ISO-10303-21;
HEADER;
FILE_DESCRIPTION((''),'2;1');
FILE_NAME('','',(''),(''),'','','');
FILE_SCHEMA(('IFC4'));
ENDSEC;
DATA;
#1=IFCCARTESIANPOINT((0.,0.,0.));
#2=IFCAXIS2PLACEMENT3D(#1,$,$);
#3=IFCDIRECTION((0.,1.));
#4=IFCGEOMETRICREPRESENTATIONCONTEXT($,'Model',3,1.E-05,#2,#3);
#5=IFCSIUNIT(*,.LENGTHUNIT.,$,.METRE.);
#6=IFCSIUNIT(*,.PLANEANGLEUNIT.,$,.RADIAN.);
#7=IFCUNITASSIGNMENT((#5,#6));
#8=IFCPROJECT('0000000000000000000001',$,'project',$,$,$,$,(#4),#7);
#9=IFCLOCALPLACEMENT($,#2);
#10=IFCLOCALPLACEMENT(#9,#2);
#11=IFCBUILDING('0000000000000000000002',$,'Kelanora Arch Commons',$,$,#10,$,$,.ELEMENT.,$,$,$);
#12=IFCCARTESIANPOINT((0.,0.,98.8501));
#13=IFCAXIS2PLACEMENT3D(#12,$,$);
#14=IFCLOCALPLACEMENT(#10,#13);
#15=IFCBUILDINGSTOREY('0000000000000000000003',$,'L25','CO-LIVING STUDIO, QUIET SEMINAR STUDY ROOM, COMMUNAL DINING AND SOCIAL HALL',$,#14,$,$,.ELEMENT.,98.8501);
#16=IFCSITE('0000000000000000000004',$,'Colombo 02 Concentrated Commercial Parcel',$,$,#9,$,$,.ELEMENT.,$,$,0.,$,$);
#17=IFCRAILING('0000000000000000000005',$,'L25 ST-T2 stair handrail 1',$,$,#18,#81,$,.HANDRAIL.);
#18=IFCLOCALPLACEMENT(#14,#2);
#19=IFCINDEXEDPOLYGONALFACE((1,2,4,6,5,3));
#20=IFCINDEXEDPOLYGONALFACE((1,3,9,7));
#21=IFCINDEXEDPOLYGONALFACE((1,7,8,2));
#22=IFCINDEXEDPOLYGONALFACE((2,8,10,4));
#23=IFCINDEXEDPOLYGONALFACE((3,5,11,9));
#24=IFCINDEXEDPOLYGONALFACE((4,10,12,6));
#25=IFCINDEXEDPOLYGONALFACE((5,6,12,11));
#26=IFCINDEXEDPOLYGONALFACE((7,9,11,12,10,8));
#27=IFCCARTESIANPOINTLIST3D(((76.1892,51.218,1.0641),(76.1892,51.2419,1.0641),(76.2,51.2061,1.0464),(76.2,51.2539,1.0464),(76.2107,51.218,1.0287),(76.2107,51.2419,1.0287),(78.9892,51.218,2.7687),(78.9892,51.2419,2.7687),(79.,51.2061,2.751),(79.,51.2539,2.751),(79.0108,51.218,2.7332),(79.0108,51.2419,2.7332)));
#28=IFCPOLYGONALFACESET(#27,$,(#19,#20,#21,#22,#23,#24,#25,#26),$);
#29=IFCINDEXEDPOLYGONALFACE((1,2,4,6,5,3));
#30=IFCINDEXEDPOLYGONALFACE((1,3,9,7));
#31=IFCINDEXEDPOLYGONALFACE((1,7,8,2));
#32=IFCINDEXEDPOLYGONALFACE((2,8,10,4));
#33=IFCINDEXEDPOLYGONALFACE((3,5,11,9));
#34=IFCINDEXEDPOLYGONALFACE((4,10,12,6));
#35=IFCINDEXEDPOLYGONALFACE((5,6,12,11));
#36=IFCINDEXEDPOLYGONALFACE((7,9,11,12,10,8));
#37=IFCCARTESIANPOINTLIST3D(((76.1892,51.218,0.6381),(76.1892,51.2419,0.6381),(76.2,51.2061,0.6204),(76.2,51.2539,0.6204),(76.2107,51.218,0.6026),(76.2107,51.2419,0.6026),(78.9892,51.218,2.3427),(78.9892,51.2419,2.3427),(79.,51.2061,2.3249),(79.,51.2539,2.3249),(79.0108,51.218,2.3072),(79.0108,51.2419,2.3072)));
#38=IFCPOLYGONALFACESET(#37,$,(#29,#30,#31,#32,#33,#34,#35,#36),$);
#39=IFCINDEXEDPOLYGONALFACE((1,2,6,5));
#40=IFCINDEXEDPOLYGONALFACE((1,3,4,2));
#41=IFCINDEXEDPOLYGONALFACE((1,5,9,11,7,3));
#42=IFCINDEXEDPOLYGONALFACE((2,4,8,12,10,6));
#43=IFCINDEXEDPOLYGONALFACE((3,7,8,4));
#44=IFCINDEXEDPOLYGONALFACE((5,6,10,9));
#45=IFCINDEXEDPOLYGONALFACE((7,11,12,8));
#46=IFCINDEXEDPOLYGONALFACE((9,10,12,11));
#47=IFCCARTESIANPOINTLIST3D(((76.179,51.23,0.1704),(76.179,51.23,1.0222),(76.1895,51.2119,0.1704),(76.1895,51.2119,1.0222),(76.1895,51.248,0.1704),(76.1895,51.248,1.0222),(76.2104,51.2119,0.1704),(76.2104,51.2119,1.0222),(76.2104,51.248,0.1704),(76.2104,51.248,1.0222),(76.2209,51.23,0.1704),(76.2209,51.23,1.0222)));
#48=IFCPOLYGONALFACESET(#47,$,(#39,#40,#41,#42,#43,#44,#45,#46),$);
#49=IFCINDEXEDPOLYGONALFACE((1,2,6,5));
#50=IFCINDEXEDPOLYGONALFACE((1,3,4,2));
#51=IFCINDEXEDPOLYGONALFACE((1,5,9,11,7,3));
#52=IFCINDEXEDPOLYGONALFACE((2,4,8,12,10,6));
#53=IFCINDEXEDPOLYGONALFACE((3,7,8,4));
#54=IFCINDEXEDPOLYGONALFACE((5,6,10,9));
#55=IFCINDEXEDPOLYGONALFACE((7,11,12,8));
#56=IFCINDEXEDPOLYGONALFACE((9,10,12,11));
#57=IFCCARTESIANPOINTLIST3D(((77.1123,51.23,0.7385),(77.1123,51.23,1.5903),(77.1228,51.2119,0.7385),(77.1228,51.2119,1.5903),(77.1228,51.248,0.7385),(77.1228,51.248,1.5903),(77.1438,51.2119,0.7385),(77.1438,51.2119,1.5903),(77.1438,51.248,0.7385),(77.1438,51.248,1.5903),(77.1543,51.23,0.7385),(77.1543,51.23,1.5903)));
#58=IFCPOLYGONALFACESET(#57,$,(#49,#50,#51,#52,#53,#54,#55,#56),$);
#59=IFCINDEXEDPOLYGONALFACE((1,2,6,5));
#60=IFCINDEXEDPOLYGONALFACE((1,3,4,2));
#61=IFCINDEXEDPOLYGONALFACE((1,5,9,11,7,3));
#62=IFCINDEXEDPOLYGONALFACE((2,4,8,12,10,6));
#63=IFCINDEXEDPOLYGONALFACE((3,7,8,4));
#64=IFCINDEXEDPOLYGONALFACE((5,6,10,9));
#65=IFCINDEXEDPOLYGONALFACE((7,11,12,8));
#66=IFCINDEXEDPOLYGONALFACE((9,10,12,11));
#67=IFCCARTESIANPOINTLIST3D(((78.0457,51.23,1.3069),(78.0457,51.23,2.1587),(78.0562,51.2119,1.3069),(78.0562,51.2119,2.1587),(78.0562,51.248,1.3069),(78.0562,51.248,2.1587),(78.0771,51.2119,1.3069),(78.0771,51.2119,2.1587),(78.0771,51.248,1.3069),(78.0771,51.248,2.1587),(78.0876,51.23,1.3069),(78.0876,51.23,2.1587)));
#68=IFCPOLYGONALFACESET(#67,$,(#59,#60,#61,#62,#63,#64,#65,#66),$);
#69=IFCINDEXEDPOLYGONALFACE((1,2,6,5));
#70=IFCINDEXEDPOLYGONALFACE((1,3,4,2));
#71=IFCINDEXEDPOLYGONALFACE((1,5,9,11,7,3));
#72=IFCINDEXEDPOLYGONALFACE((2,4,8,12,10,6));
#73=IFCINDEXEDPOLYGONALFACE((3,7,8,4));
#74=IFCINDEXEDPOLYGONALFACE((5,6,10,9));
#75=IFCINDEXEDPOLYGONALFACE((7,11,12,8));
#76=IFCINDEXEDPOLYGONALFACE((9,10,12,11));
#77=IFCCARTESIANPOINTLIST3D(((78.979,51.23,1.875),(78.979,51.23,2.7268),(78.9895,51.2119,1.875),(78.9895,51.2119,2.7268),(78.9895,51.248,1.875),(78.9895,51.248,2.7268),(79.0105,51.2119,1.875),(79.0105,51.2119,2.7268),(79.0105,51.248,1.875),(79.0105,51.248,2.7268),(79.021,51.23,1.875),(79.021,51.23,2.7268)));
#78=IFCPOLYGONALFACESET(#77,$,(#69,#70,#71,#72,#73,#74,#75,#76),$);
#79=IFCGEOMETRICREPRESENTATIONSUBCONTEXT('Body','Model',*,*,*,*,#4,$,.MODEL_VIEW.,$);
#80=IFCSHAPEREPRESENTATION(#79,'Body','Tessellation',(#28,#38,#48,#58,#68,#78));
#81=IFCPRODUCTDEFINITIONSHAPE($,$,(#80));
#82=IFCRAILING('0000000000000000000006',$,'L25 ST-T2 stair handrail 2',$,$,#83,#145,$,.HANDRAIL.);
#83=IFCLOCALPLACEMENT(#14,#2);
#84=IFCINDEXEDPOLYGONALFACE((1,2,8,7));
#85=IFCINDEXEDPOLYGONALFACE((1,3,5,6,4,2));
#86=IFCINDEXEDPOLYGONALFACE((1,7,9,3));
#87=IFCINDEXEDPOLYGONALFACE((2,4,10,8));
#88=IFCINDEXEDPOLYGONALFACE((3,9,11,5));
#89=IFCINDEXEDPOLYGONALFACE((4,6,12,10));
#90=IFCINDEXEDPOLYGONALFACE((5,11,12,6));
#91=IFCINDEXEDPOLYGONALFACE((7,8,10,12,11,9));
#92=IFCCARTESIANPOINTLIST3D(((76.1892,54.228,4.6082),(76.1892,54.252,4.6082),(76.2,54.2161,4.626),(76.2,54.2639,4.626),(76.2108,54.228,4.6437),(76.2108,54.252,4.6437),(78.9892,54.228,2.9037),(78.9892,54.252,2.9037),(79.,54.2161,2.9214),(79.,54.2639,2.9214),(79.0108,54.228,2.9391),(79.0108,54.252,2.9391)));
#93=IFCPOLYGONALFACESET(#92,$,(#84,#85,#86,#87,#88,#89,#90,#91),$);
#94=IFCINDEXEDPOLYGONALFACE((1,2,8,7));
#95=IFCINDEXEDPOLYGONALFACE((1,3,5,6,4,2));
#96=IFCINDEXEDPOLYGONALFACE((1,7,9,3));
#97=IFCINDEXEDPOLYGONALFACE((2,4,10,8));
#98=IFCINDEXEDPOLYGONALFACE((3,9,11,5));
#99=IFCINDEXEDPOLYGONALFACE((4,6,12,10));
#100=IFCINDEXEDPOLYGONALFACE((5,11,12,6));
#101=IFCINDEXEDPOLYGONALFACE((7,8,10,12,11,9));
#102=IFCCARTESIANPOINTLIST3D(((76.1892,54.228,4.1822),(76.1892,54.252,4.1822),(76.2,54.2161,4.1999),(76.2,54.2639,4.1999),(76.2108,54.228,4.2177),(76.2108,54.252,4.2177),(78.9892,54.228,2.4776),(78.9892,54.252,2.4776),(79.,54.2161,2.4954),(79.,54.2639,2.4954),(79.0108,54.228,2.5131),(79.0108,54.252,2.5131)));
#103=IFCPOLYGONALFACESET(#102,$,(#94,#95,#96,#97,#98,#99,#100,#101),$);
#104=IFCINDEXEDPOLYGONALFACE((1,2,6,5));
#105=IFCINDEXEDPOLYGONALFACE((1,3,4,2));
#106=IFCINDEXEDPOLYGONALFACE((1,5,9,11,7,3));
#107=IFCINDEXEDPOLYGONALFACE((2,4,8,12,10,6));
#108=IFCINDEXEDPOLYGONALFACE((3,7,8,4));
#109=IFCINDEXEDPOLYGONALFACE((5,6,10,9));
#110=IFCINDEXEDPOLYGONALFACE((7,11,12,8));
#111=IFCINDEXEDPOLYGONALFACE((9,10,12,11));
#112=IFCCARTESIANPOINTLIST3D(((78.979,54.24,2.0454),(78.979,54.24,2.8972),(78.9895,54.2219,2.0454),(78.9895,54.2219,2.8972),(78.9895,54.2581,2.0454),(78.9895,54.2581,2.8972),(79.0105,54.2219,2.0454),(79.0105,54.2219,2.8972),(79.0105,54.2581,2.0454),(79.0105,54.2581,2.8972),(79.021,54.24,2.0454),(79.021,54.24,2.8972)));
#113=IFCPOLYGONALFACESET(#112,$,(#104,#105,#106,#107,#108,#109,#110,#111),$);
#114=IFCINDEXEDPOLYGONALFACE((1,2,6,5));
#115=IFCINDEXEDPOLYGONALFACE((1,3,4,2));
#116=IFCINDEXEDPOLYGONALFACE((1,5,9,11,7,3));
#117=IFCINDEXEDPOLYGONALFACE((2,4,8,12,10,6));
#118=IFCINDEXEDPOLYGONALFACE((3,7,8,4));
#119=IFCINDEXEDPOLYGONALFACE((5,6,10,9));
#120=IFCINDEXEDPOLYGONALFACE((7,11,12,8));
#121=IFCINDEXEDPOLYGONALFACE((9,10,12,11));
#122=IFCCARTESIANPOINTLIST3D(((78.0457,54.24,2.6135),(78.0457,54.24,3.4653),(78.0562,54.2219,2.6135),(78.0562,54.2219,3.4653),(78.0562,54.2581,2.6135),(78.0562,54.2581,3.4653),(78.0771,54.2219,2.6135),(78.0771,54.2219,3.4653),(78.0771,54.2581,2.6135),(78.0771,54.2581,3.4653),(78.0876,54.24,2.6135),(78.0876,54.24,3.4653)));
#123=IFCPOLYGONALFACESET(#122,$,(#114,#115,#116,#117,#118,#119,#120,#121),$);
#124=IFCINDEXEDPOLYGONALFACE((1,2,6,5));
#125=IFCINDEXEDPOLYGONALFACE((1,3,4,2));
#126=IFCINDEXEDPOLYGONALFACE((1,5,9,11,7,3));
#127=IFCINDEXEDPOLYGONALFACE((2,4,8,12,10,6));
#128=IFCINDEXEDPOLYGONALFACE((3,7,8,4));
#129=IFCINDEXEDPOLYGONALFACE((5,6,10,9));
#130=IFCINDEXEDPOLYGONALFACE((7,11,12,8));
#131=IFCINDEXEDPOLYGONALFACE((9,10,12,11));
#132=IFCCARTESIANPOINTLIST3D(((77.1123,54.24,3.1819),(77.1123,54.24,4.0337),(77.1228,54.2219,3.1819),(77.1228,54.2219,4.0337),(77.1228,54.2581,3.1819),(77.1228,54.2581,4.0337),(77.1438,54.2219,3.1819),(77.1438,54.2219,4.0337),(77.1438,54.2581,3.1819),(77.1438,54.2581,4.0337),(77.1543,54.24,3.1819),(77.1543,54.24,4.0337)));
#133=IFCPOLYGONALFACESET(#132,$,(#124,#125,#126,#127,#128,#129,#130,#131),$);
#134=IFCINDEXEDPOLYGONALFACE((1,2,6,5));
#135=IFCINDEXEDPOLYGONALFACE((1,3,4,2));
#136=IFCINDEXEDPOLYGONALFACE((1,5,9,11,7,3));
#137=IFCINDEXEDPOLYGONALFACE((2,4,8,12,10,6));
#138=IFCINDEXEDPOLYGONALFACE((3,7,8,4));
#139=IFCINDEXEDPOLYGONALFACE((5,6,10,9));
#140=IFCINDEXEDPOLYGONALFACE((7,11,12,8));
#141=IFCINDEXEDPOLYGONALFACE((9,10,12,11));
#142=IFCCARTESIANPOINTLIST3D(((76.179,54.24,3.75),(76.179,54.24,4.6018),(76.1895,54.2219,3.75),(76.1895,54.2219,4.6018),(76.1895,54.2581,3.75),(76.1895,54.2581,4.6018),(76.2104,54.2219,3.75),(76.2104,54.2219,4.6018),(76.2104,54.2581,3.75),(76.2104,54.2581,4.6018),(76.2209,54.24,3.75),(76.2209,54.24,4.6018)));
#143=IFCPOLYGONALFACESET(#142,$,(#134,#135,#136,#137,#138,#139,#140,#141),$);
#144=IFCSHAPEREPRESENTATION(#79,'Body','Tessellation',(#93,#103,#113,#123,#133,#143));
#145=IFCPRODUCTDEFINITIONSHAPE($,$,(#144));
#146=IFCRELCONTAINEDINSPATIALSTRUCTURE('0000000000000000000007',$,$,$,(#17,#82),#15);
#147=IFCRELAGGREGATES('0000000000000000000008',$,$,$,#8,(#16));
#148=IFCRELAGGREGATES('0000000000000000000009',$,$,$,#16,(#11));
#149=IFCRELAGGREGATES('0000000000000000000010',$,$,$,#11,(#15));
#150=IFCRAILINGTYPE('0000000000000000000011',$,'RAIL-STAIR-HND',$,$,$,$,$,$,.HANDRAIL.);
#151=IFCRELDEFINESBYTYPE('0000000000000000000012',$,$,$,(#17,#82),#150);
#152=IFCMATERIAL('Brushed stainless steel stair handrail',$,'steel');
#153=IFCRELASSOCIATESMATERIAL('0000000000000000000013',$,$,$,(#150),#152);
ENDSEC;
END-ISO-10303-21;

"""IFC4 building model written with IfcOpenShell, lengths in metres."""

from ifc_helpers import new_model, si_unit, direction, frame, origin, place, context, subcontext, project, spatial, polyline, outline, extrude, material, type_object, element, save


model = new_model("IFC4")

# Units and contexts
model_context = context("Model", 3, precision=1e-05, world=origin(), true_north=direction((0.0, 1.0)))
body_context = subcontext(model_context, "Body", "Model", "MODEL_VIEW")
ifc_project = project(units=[si_unit("LENGTHUNIT", "METRE"), si_unit("PLANEANGLEUNIT", "RADIAN")], contexts=[model_context])

# Site, building, storey
site_placement = place(None, origin())
site = spatial("IfcSite", under=ifc_project, at=site_placement, Name="Colombo 02 Concentrated Commercial Parcel", CompositionType="ELEMENT", RefElevation=0.0)
building_placement = place(site_placement, origin())
building = spatial("IfcBuilding", under=site, at=building_placement, Name="Kelanora Arch Commons", CompositionType="ELEMENT")
storey_placement = place(building_placement, frame((0.0, 0.0, 98.8501)))
storey = spatial("IfcBuildingStorey", under=building, at=storey_placement, Name="L25", Description="CO-LIVING STUDIO, QUIET SEMINAR STUDY ROOM, COMMUNAL DINING AND SOCIAL HALL", CompositionType="ELEMENT", Elevation=98.8501)

# Railings
ifc_material_1 = material(Name="Brushed stainless steel stair handrail", Category="steel")
railing_type_1 = type_object("IfcRailingType", Name="RAIL-STAIR-HND", PredefinedType="HANDRAIL", material=ifc_material_1)
railing_1_placement = place(storey_placement, frame((76.2, 51.23, 0.1704)))
element("IfcRailing", 1, at=railing_1_placement, inside=storey, type_object=railing_type_1, Name="L25 ST-T2 stair handrail 1", PredefinedType="HANDRAIL", context=body_context, shape_type="SweptSolid", body=[
    extrude(outline(polyline([(0.0239, 0.0), (0.012, 0.0208), (-0.012, 0.0208), (-0.0239, 0.0), (-0.012, -0.0208), (0.012, -0.0208), (0.0239, 0.0)])), frame((0.0, 0.0, 0.876), z_axis=(0.85417, 0.0, 0.519994), x_axis=(0.0, 1.0, 0.0)), (0.0, 0.0, 1.0), 3.2781),
    extrude(outline(polyline([(0.0239, 0.0), (0.012, 0.0208), (-0.012, 0.0208), (-0.0239, 0.0), (-0.012, -0.0208), (0.012, -0.0208), (0.0239, 0.0)])), frame((0.0, 0.0, 0.45), z_axis=(0.85417, 0.0, 0.519994), x_axis=(0.0, 1.0, 0.0)), (0.0, 0.0, 1.0), 3.2781),
    extrude(outline(polyline([(0.021, 0.0), (0.0105, 0.0181), (-0.0105, 0.0181), (-0.021, 0.0), (-0.0105, -0.0181), (0.0105, -0.0181), (0.021, 0.0)])), origin(), (0.0, 0.0, 1.0), 0.8518),
    extrude(outline(polyline([(0.021, 0.0), (0.0105, 0.0181), (-0.0105, 0.0181), (-0.021, 0.0), (-0.0105, -0.0181), (0.0105, -0.0181), (0.021, 0.0)])), frame((0.9333, 0.0, 0.5681)), (0.0, 0.0, 1.0), 0.8518),
    extrude(outline(polyline([(0.021, 0.0), (0.0105, 0.0181), (-0.0105, 0.0181), (-0.021, 0.0), (-0.0105, -0.0181), (0.0105, -0.0181), (0.021, 0.0)])), frame((1.8667, 0.0, 1.1365)), (0.0, 0.0, 1.0), 0.8518),
    extrude(outline(polyline([(0.021, 0.0), (0.0105, 0.0181), (-0.0105, 0.0181), (-0.021, 0.0), (-0.0105, -0.0181), (0.0105, -0.0181), (0.021, 0.0)])), frame((2.8, 0.0, 1.7046)), (0.0, 0.0, 1.0), 0.8518),
])
railing_2_placement = place(storey_placement, frame((79.0, 54.24, 2.0454)))
element("IfcRailing", 2, at=railing_2_placement, inside=storey, type_object=railing_type_1, Name="L25 ST-T2 stair handrail 2", PredefinedType="HANDRAIL", context=body_context, shape_type="SweptSolid", body=[
    extrude(outline(polyline([(0.0239, 0.0), (0.012, 0.0208), (-0.012, 0.0208), (-0.0239, 0.0), (-0.012, -0.0208), (0.012, -0.0208), (0.0239, 0.0)])), frame((0.0, 0.0, 0.876), z_axis=(-0.85417, 0.0, 0.519994), x_axis=(0.0, -1.0, 0.0)), (0.0, 0.0, 1.0), 3.2781),
    extrude(outline(polyline([(0.0239, 0.0), (0.012, 0.0208), (-0.012, 0.0208), (-0.0239, 0.0), (-0.012, -0.0208), (0.012, -0.0208), (0.0239, 0.0)])), frame((0.0, 0.0, 0.45), z_axis=(-0.85417, 0.0, 0.519994), x_axis=(0.0, -1.0, 0.0)), (0.0, 0.0, 1.0), 3.2781),
    extrude(outline(polyline([(0.021, 0.0), (0.0105, 0.0181), (-0.0105, 0.0181), (-0.021, 0.0), (-0.0105, -0.0181), (0.0105, -0.0181), (0.021, 0.0)])), origin(), (0.0, 0.0, 1.0), 0.8518),
    extrude(outline(polyline([(0.021, 0.0), (0.0105, 0.0181), (-0.0105, 0.0181), (-0.021, 0.0), (-0.0105, -0.0181), (0.0105, -0.0181), (0.021, 0.0)])), frame((-0.9333, 0.0, 0.5681)), (0.0, 0.0, 1.0), 0.8518),
    extrude(outline(polyline([(0.021, 0.0), (0.0105, 0.0181), (-0.0105, 0.0181), (-0.021, 0.0), (-0.0105, -0.0181), (0.0105, -0.0181), (0.021, 0.0)])), frame((-1.8667, 0.0, 1.1365)), (0.0, 0.0, 1.0), 0.8518),
    extrude(outline(polyline([(0.021, 0.0), (0.0105, 0.0181), (-0.0105, 0.0181), (-0.021, 0.0), (-0.0105, -0.0181), (0.0105, -0.0181), (0.021, 0.0)])), frame((-2.8, 0.0, 1.7046)), (0.0, 0.0, 1.0), 0.8518),
])

save(model, "model.ifc")
